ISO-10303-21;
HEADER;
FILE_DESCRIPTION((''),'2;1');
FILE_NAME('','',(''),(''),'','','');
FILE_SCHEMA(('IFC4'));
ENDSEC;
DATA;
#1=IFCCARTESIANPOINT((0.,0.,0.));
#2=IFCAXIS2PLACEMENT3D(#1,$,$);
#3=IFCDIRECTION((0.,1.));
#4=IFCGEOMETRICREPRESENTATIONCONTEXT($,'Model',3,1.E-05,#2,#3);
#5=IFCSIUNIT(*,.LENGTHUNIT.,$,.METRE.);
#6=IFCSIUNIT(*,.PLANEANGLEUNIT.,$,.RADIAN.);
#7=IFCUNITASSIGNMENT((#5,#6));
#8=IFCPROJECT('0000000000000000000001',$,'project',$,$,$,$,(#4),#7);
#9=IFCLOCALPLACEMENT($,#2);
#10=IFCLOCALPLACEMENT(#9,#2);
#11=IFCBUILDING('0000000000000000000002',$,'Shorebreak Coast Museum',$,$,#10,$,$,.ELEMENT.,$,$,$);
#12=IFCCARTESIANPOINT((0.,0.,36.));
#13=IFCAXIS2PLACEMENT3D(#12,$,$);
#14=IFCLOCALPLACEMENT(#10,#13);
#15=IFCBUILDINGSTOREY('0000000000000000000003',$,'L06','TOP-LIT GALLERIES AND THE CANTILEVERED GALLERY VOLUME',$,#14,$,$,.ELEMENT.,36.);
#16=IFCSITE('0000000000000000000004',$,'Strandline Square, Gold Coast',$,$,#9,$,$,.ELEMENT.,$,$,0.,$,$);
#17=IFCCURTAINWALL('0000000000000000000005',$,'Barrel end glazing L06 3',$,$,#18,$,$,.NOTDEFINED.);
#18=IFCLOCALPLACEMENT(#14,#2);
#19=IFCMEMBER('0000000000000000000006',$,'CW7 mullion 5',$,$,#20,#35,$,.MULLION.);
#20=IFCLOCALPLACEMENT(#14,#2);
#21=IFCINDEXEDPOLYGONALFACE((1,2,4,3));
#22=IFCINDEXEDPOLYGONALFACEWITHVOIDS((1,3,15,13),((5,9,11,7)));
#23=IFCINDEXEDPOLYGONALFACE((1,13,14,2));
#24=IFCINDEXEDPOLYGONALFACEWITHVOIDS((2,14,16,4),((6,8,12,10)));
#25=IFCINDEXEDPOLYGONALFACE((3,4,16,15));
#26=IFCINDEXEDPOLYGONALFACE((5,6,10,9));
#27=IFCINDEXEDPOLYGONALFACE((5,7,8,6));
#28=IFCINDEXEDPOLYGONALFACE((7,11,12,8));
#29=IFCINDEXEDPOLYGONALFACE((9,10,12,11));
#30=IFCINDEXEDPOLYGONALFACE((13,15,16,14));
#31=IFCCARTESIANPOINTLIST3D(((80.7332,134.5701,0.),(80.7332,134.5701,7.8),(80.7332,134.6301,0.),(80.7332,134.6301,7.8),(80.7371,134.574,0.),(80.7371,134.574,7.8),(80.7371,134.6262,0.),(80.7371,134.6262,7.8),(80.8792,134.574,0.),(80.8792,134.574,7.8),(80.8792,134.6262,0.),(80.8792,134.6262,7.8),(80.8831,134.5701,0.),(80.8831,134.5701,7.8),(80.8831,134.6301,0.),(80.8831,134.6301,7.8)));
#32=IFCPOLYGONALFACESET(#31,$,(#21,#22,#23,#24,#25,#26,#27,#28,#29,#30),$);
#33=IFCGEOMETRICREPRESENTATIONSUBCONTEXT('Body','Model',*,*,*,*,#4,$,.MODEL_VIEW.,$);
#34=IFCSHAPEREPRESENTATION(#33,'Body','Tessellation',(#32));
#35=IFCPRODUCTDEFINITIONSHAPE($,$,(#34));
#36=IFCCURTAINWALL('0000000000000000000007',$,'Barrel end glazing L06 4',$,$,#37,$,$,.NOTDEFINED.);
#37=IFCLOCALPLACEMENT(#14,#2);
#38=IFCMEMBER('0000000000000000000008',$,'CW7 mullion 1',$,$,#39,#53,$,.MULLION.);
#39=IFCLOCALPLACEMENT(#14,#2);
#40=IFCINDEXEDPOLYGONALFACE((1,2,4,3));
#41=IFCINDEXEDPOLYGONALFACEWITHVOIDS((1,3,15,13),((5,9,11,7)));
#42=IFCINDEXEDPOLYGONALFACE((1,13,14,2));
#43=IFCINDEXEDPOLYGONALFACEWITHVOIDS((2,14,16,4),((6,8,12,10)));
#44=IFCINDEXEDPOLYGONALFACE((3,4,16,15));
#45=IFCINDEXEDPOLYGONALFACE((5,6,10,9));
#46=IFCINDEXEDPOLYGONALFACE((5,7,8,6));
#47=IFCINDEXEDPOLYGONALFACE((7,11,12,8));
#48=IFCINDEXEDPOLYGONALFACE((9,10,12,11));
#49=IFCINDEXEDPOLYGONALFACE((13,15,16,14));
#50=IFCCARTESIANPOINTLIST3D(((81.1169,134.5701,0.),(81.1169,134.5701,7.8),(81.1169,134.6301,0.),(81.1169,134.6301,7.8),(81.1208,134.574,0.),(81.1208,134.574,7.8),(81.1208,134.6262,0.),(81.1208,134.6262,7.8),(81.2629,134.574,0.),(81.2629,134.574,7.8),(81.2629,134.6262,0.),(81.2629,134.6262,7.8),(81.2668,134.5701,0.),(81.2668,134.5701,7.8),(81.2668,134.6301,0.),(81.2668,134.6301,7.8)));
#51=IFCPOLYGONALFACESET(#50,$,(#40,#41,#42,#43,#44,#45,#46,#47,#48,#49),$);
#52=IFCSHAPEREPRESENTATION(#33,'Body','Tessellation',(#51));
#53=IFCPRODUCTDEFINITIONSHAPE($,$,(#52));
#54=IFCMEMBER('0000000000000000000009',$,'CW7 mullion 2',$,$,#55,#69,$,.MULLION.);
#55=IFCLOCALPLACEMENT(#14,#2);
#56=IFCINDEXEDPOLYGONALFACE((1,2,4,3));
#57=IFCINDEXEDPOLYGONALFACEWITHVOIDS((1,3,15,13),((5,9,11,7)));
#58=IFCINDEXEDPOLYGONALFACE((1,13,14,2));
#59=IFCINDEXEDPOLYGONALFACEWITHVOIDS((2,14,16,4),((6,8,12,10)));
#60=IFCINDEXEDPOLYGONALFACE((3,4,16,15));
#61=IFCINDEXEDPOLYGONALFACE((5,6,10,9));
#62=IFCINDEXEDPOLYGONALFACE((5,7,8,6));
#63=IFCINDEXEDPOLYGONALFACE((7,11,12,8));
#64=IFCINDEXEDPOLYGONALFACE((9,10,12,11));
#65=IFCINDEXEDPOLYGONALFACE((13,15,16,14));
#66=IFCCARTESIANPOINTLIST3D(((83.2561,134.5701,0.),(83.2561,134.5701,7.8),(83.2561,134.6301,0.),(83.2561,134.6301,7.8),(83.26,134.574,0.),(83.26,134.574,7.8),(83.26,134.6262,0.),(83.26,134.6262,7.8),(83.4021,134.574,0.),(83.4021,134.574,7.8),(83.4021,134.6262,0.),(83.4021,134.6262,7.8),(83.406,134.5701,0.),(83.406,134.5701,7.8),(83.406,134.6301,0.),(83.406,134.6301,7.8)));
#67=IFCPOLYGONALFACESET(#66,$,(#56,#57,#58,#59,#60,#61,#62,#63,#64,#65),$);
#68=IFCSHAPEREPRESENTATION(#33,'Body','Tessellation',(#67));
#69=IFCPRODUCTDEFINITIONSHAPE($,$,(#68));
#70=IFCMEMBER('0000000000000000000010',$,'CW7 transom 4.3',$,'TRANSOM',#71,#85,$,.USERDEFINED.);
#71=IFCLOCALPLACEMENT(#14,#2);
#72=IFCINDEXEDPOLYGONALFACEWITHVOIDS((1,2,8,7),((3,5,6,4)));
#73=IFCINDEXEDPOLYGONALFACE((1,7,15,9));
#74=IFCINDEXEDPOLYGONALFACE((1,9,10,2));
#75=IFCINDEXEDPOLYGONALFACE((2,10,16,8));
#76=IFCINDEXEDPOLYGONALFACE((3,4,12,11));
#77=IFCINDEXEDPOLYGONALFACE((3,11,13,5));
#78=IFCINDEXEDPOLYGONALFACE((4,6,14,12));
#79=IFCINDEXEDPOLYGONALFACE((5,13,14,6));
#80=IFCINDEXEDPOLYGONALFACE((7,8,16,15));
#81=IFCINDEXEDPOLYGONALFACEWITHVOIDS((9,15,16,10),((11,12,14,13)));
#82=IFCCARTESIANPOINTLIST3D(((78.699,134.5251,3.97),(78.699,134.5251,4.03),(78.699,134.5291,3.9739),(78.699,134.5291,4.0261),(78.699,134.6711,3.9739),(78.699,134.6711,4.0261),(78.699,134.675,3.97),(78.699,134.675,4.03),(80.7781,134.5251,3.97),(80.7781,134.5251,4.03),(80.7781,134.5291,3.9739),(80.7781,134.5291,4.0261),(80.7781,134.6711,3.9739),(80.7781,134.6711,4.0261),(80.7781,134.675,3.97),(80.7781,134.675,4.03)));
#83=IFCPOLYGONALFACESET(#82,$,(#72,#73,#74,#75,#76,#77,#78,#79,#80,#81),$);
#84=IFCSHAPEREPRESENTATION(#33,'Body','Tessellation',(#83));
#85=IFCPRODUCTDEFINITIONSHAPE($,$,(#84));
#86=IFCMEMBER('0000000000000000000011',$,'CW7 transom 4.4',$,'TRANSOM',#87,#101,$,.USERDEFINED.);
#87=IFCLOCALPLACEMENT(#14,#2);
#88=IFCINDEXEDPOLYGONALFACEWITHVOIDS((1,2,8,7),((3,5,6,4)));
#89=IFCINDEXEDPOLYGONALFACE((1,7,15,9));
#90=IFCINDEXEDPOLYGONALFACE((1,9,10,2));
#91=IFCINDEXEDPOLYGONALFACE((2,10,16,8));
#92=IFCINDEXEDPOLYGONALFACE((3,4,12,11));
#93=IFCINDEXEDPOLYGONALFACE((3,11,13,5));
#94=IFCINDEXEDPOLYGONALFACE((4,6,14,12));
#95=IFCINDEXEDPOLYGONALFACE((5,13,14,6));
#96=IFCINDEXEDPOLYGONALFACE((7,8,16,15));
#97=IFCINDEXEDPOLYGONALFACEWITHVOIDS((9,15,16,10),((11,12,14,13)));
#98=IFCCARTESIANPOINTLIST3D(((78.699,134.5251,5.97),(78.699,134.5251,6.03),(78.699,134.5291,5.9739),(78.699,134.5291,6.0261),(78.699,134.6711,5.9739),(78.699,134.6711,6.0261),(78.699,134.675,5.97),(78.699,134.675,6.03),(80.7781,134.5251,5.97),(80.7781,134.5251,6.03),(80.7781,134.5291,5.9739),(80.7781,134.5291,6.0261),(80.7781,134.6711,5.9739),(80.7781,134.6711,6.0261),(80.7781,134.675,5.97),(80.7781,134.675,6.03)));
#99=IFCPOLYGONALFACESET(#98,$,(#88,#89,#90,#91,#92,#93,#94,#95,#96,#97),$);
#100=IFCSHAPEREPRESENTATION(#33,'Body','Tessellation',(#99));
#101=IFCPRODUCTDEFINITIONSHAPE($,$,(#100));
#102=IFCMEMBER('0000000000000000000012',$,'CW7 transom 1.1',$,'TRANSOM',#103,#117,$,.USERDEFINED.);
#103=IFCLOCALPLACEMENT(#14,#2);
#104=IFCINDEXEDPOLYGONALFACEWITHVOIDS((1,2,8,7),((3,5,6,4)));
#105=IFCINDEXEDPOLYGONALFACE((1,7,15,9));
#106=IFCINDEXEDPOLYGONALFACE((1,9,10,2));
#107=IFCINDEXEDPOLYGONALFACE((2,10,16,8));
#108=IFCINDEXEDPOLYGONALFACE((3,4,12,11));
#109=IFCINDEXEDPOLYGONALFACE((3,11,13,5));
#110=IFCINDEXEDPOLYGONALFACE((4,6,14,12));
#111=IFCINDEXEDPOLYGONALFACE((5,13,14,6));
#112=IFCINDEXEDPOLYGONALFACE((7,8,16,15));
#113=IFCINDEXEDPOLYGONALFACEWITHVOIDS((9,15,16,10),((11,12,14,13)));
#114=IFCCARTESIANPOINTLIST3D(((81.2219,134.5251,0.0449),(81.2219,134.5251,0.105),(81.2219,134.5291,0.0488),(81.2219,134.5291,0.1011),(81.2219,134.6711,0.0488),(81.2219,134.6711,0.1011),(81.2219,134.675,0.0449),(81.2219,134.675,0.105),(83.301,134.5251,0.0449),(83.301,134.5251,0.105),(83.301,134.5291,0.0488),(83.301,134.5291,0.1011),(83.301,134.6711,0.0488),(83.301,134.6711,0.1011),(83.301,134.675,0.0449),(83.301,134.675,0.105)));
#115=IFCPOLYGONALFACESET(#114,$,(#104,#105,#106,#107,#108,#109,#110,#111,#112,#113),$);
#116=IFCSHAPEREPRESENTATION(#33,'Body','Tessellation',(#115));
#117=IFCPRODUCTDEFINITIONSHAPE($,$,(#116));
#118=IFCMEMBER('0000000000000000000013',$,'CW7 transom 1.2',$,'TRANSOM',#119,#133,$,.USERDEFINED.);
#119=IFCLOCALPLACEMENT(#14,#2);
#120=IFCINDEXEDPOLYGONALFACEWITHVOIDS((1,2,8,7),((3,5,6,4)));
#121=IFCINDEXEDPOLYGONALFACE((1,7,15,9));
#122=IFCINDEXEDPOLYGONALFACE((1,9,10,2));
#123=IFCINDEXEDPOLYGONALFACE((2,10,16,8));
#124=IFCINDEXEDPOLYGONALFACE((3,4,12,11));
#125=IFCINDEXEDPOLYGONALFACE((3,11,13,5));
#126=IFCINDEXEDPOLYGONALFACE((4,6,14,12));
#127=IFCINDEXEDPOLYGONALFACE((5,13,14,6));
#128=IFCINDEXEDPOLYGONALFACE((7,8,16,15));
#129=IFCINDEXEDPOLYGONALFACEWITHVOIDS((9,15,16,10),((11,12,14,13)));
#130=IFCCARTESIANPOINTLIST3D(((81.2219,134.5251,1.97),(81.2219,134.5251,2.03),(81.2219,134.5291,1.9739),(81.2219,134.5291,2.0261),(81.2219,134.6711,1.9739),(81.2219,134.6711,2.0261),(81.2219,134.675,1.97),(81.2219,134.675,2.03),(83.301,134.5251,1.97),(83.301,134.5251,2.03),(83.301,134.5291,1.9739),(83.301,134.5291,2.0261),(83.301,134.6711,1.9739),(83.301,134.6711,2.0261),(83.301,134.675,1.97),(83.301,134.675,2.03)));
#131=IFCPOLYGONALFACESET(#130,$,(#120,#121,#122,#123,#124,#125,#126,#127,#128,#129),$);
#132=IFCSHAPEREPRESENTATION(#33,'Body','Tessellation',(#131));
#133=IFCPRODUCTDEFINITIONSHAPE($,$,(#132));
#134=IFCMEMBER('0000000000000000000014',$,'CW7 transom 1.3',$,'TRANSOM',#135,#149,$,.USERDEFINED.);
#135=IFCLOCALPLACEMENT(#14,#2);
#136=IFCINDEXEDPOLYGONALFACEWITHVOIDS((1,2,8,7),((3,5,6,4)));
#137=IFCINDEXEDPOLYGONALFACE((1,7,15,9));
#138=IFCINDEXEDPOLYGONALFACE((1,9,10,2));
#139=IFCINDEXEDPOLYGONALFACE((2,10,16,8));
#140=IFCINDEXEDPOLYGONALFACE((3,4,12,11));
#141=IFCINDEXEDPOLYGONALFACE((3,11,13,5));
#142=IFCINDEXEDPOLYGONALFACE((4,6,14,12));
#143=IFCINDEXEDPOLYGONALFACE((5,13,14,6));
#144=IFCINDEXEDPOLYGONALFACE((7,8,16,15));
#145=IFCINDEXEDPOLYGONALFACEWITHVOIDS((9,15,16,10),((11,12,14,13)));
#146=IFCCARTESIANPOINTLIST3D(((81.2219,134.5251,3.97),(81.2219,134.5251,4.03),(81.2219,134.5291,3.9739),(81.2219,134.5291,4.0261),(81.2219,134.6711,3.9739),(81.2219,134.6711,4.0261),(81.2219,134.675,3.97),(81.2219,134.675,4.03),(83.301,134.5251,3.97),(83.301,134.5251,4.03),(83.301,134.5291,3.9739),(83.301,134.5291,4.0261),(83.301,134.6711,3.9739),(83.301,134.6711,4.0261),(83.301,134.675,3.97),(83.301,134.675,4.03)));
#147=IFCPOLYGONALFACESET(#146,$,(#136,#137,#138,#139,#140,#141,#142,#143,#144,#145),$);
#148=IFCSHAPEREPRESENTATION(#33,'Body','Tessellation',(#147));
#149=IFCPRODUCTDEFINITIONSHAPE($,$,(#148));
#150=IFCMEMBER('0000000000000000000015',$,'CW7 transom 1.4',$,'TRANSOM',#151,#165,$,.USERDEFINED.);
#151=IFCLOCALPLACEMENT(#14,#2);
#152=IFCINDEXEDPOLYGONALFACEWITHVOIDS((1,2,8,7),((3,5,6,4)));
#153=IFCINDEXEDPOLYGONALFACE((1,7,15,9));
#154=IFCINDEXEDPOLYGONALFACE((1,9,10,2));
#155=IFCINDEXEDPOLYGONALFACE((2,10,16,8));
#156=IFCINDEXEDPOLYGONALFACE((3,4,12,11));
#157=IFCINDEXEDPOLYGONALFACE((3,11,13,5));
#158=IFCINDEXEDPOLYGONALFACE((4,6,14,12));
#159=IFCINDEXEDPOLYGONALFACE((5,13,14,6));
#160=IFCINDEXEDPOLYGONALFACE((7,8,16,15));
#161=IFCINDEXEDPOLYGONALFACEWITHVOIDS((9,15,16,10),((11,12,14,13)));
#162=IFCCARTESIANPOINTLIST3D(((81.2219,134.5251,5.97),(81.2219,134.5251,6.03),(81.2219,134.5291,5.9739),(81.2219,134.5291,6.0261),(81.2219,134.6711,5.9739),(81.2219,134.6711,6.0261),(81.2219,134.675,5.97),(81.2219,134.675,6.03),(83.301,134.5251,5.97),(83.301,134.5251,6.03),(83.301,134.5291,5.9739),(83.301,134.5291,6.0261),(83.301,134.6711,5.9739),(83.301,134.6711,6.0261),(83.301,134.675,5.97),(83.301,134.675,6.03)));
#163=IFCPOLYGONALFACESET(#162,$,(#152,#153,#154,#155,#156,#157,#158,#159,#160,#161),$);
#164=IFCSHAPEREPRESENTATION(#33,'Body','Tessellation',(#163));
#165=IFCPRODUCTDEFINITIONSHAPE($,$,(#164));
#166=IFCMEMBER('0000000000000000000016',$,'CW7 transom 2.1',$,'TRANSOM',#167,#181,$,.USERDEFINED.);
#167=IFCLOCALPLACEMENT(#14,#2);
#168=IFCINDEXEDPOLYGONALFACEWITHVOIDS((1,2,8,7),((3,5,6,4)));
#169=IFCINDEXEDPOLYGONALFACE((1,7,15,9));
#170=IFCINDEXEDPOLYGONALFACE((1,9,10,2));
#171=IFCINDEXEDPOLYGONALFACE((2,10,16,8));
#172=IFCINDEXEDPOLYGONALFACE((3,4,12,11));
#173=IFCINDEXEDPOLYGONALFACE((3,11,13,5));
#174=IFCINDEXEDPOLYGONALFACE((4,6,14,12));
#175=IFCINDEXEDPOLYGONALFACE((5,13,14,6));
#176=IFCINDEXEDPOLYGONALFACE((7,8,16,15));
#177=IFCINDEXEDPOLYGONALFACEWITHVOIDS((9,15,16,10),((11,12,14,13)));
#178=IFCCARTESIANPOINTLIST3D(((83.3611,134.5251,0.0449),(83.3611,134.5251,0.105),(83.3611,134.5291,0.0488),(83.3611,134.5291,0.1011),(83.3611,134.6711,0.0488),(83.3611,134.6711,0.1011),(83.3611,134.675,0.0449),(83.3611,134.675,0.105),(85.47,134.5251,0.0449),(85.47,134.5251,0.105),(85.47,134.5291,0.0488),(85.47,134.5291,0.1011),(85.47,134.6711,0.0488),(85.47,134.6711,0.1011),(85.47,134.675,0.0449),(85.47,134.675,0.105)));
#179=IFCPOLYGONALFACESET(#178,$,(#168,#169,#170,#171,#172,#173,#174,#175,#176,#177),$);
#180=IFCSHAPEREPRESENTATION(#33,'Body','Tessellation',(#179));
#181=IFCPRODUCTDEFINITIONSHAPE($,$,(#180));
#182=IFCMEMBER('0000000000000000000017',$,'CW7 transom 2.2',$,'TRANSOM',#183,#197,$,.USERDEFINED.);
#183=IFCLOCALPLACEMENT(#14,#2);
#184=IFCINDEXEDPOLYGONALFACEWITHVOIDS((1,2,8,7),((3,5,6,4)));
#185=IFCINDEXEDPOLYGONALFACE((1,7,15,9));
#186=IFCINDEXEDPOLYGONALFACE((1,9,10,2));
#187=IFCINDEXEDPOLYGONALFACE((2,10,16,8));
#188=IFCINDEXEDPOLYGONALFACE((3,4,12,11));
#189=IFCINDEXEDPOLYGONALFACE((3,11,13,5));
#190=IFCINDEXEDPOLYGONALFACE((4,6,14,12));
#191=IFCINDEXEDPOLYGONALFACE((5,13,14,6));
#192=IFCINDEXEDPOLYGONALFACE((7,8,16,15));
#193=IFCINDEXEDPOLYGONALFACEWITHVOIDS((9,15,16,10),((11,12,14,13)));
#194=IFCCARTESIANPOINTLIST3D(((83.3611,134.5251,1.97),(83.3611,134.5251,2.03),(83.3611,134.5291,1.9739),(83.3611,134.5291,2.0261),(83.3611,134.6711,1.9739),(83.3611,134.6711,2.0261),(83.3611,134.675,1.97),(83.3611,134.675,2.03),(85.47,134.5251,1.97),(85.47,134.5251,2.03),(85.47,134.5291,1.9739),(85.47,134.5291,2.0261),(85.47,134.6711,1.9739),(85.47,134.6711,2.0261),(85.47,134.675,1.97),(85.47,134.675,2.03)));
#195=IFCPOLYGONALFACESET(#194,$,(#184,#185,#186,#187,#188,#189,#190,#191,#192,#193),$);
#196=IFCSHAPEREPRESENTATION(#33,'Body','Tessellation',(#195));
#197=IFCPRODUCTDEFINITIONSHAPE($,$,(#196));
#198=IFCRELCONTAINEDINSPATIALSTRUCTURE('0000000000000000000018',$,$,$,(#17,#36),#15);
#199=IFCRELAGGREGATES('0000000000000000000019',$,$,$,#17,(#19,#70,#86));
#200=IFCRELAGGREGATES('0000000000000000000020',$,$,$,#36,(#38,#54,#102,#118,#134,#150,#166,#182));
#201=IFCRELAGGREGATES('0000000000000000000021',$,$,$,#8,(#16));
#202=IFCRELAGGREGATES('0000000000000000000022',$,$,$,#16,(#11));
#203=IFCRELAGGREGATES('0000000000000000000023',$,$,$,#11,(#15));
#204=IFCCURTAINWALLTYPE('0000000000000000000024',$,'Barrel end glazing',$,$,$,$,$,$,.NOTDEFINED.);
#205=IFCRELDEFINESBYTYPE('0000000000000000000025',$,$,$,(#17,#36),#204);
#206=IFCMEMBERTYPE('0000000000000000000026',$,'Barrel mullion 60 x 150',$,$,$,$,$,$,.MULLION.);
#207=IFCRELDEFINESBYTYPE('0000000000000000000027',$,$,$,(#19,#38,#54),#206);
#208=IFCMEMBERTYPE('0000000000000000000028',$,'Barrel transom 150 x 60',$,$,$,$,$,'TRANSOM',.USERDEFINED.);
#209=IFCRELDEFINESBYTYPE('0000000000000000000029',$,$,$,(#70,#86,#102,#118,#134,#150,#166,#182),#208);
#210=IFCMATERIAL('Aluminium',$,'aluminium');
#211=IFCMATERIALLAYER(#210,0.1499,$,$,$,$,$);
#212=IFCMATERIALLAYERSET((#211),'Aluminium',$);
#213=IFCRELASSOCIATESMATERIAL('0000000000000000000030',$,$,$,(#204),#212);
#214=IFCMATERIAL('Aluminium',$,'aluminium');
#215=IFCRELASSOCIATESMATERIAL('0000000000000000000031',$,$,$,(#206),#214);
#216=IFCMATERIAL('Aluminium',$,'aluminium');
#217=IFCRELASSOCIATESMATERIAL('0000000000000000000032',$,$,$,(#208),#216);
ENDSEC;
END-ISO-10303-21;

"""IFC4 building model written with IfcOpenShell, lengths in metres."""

from ifc_helpers import new_model, si_unit, direction, frame, origin, origin_2d, place, context, subcontext, project, spatial, hollow_rectangle, extrude, material, layer, layer_set, material_profile, profile_set, type_object, element, aggregate, save


model = new_model("IFC4")

# Units and contexts
model_context = context("Model", 3, precision=1e-05, world=origin(), true_north=direction((0.0, 1.0)))
body_context = subcontext(model_context, "Body", "Model", "MODEL_VIEW")
ifc_project = project(units=[si_unit("LENGTHUNIT", "METRE"), si_unit("PLANEANGLEUNIT", "RADIAN")], contexts=[model_context])

# Site, building, storey
site_placement = place(None, origin())
site = spatial("IfcSite", under=ifc_project, at=site_placement, Name="Strandline Square, Gold Coast", CompositionType="ELEMENT", RefElevation=0.0)
building_placement = place(site_placement, origin())
building = spatial("IfcBuilding", under=site, at=building_placement, Name="Shorebreak Coast Museum", CompositionType="ELEMENT")
storey_placement = place(building_placement, frame((0.0, 0.0, 36.0)))
storey = spatial("IfcBuildingStorey", under=building, at=storey_placement, Name="L06", Description="TOP-LIT GALLERIES AND THE CANTILEVERED GALLERY VOLUME", CompositionType="ELEMENT", Elevation=36.0)

# Curtain wall, member
ifc_material_1 = material(Name="Aluminium", Category="aluminium")
ifc_layer_1 = layer(ifc_material_1, 0.1499)
ifc_layer_set_1 = layer_set([ifc_layer_1], Name="Aluminium")
curtain_wall_type = type_object("IfcCurtainWallType", Name="Barrel end glazing", PredefinedType="NOTDEFINED", material=ifc_layer_set_1)
curtain_wall_1_placement = place(storey_placement, origin())
curtain_wall_1 = element("IfcCurtainWall", 1, at=curtain_wall_1_placement, inside=storey, type_object=curtain_wall_type, Name="Barrel end glazing L06 3", PredefinedType="NOTDEFINED")
ifc_material_2 = material(Name="Aluminium", Category="aluminium")
ifc_material_profile_1 = material_profile(ifc_material_2, hollow_rectangle(XDim=0.0601, YDim=0.1499, WallThickness=0.0039, at=origin_2d()), Name="AL 150x60 RHS")
ifc_profile_set_1 = profile_set([ifc_material_profile_1], Name="Aluminium")
member_type_1 = type_object("IfcMemberType", Name="Barrel mullion 60 x 150", PredefinedType="MULLION", material=ifc_profile_set_1)
member_1_placement = place(storey_placement, frame((80.8081, 134.6001, 0.0), z_axis=(0.0, 0.0, 1.0), x_axis=(0.0, 1.0, 0.0)))
member_1 = element("IfcMember", 2, at=member_1_placement, type_object=member_type_1, Name="CW7 mullion 5", PredefinedType="MULLION", context=body_context, shape_type="SweptSolid", body=[
    extrude(hollow_rectangle(XDim=0.0601, YDim=0.1499, WallThickness=0.0039, at=origin_2d()), origin(), (0.0, 0.0, 1.0), 7.8),
])

# Curtain wall, members
curtain_wall_2_placement = place(storey_placement, origin())
curtain_wall_2 = element("IfcCurtainWall", 3, at=curtain_wall_2_placement, inside=storey, type_object=curtain_wall_type, Name="Barrel end glazing L06 4", PredefinedType="NOTDEFINED")
member_2_placement = place(storey_placement, frame((81.1919, 134.6001, 0.0), z_axis=(0.0, 0.0, 1.0), x_axis=(0.0, 1.0, 0.0)))
member_2 = element("IfcMember", 4, at=member_2_placement, type_object=member_type_1, Name="CW7 mullion 1", PredefinedType="MULLION", context=body_context, shape_type="SweptSolid", body=[
    extrude(hollow_rectangle(XDim=0.0601, YDim=0.1499, WallThickness=0.0039, at=origin_2d()), origin(), (0.0, 0.0, 1.0), 7.8),
])
member_3_placement = place(storey_placement, frame((83.3311, 134.6001, 0.0), z_axis=(0.0, 0.0, 1.0), x_axis=(0.0, 1.0, 0.0)))
member_3 = element("IfcMember", 5, at=member_3_placement, type_object=member_type_1, Name="CW7 mullion 2", PredefinedType="MULLION", context=body_context, shape_type="SweptSolid", body=[
    extrude(hollow_rectangle(XDim=0.0601, YDim=0.1499, WallThickness=0.0039, at=origin_2d()), origin(), (0.0, 0.0, 1.0), 7.8),
])

# Members
ifc_material_3 = material(Name="Aluminium", Category="aluminium")
ifc_material_profile_2 = material_profile(ifc_material_3, hollow_rectangle(XDim=0.1499, YDim=0.0601, WallThickness=0.0039, at=origin_2d()), Name="AL 60x150 RHS")
ifc_profile_set_2 = profile_set([ifc_material_profile_2], Name="Aluminium")
member_type_2 = type_object("IfcMemberType", Name="Barrel transom 150 x 60", ElementType="TRANSOM", PredefinedType="USERDEFINED", material=ifc_profile_set_2)
member_4_placement = place(storey_placement, frame((78.699, 134.6001, 4.0), z_axis=(1.0, 0.0, 0.0), x_axis=(0.0, 1.0, 0.0)))
member_4 = element("IfcMember", 6, at=member_4_placement, type_object=member_type_2, Name="CW7 transom 4.3", ObjectType="TRANSOM", PredefinedType="USERDEFINED", context=body_context, shape_type="SweptSolid", body=[
    extrude(hollow_rectangle(XDim=0.1499, YDim=0.0601, WallThickness=0.0039, at=origin_2d()), origin(), (0.0, 0.0, 1.0), 2.0791),
])
member_5_placement = place(storey_placement, frame((78.699, 134.6001, 6.0), z_axis=(1.0, 0.0, 0.0), x_axis=(0.0, 1.0, 0.0)))
member_5 = element("IfcMember", 7, at=member_5_placement, type_object=member_type_2, Name="CW7 transom 4.4", ObjectType="TRANSOM", PredefinedType="USERDEFINED", context=body_context, shape_type="SweptSolid", body=[
    extrude(hollow_rectangle(XDim=0.1499, YDim=0.0601, WallThickness=0.0039, at=origin_2d()), origin(), (0.0, 0.0, 1.0), 2.0791),
])
member_6_placement = place(storey_placement, frame((81.2219, 134.6001, 0.075), z_axis=(1.0, 0.0, 0.0), x_axis=(0.0, 1.0, 0.0)))
member_6 = element("IfcMember", 8, at=member_6_placement, type_object=member_type_2, Name="CW7 transom 1.1", ObjectType="TRANSOM", PredefinedType="USERDEFINED", context=body_context, shape_type="SweptSolid", body=[
    extrude(hollow_rectangle(XDim=0.1499, YDim=0.0601, WallThickness=0.0039, at=origin_2d()), origin(), (0.0, 0.0, 1.0), 2.0791),
])
member_7_placement = place(storey_placement, frame((81.2219, 134.6001, 2.0), z_axis=(1.0, 0.0, 0.0), x_axis=(0.0, 1.0, 0.0)))
member_7 = element("IfcMember", 9, at=member_7_placement, type_object=member_type_2, Name="CW7 transom 1.2", ObjectType="TRANSOM", PredefinedType="USERDEFINED", context=body_context, shape_type="SweptSolid", body=[
    extrude(hollow_rectangle(XDim=0.1499, YDim=0.0601, WallThickness=0.0039, at=origin_2d()), origin(), (0.0, 0.0, 1.0), 2.0791),
])
member_8_placement = place(storey_placement, frame((81.2219, 134.6001, 4.0), z_axis=(1.0, 0.0, 0.0), x_axis=(0.0, 1.0, 0.0)))
member_8 = element("IfcMember", 10, at=member_8_placement, type_object=member_type_2, Name="CW7 transom 1.3", ObjectType="TRANSOM", PredefinedType="USERDEFINED", context=body_context, shape_type="SweptSolid", body=[
    extrude(hollow_rectangle(XDim=0.1499, YDim=0.0601, WallThickness=0.0039, at=origin_2d()), origin(), (0.0, 0.0, 1.0), 2.0791),
])
member_9_placement = place(storey_placement, frame((81.2219, 134.6001, 6.0), z_axis=(1.0, 0.0, 0.0), x_axis=(0.0, 1.0, 0.0)))
member_9 = element("IfcMember", 11, at=member_9_placement, type_object=member_type_2, Name="CW7 transom 1.4", ObjectType="TRANSOM", PredefinedType="USERDEFINED", context=body_context, shape_type="SweptSolid", body=[
    extrude(hollow_rectangle(XDim=0.1499, YDim=0.0601, WallThickness=0.0039, at=origin_2d()), origin(), (0.0, 0.0, 1.0), 2.0791),
])
member_10_placement = place(storey_placement, frame((83.3611, 134.6001, 0.075), z_axis=(1.0, 0.0, 0.0), x_axis=(0.0, 1.0, 0.0)))
member_10 = element("IfcMember", 12, at=member_10_placement, type_object=member_type_2, Name="CW7 transom 2.1", ObjectType="TRANSOM", PredefinedType="USERDEFINED", context=body_context, shape_type="SweptSolid", body=[
    extrude(hollow_rectangle(XDim=0.1499, YDim=0.0601, WallThickness=0.0039, at=origin_2d()), origin(), (0.0, 0.0, 1.0), 2.1089),
])
member_11_placement = place(storey_placement, frame((83.3611, 134.6001, 2.0), z_axis=(1.0, 0.0, 0.0), x_axis=(0.0, 1.0, 0.0)))
member_11 = element("IfcMember", 13, at=member_11_placement, type_object=member_type_2, Name="CW7 transom 2.2", ObjectType="TRANSOM", PredefinedType="USERDEFINED", context=body_context, shape_type="SweptSolid", body=[
    extrude(hollow_rectangle(XDim=0.1499, YDim=0.0601, WallThickness=0.0039, at=origin_2d()), origin(), (0.0, 0.0, 1.0), 2.1089),
])

aggregate(curtain_wall_1, [member_1, member_4, member_5])
aggregate(curtain_wall_2, [member_2, member_3, member_6, member_7, member_8, member_9, member_10, member_11])

save(model, "model.ifc")
